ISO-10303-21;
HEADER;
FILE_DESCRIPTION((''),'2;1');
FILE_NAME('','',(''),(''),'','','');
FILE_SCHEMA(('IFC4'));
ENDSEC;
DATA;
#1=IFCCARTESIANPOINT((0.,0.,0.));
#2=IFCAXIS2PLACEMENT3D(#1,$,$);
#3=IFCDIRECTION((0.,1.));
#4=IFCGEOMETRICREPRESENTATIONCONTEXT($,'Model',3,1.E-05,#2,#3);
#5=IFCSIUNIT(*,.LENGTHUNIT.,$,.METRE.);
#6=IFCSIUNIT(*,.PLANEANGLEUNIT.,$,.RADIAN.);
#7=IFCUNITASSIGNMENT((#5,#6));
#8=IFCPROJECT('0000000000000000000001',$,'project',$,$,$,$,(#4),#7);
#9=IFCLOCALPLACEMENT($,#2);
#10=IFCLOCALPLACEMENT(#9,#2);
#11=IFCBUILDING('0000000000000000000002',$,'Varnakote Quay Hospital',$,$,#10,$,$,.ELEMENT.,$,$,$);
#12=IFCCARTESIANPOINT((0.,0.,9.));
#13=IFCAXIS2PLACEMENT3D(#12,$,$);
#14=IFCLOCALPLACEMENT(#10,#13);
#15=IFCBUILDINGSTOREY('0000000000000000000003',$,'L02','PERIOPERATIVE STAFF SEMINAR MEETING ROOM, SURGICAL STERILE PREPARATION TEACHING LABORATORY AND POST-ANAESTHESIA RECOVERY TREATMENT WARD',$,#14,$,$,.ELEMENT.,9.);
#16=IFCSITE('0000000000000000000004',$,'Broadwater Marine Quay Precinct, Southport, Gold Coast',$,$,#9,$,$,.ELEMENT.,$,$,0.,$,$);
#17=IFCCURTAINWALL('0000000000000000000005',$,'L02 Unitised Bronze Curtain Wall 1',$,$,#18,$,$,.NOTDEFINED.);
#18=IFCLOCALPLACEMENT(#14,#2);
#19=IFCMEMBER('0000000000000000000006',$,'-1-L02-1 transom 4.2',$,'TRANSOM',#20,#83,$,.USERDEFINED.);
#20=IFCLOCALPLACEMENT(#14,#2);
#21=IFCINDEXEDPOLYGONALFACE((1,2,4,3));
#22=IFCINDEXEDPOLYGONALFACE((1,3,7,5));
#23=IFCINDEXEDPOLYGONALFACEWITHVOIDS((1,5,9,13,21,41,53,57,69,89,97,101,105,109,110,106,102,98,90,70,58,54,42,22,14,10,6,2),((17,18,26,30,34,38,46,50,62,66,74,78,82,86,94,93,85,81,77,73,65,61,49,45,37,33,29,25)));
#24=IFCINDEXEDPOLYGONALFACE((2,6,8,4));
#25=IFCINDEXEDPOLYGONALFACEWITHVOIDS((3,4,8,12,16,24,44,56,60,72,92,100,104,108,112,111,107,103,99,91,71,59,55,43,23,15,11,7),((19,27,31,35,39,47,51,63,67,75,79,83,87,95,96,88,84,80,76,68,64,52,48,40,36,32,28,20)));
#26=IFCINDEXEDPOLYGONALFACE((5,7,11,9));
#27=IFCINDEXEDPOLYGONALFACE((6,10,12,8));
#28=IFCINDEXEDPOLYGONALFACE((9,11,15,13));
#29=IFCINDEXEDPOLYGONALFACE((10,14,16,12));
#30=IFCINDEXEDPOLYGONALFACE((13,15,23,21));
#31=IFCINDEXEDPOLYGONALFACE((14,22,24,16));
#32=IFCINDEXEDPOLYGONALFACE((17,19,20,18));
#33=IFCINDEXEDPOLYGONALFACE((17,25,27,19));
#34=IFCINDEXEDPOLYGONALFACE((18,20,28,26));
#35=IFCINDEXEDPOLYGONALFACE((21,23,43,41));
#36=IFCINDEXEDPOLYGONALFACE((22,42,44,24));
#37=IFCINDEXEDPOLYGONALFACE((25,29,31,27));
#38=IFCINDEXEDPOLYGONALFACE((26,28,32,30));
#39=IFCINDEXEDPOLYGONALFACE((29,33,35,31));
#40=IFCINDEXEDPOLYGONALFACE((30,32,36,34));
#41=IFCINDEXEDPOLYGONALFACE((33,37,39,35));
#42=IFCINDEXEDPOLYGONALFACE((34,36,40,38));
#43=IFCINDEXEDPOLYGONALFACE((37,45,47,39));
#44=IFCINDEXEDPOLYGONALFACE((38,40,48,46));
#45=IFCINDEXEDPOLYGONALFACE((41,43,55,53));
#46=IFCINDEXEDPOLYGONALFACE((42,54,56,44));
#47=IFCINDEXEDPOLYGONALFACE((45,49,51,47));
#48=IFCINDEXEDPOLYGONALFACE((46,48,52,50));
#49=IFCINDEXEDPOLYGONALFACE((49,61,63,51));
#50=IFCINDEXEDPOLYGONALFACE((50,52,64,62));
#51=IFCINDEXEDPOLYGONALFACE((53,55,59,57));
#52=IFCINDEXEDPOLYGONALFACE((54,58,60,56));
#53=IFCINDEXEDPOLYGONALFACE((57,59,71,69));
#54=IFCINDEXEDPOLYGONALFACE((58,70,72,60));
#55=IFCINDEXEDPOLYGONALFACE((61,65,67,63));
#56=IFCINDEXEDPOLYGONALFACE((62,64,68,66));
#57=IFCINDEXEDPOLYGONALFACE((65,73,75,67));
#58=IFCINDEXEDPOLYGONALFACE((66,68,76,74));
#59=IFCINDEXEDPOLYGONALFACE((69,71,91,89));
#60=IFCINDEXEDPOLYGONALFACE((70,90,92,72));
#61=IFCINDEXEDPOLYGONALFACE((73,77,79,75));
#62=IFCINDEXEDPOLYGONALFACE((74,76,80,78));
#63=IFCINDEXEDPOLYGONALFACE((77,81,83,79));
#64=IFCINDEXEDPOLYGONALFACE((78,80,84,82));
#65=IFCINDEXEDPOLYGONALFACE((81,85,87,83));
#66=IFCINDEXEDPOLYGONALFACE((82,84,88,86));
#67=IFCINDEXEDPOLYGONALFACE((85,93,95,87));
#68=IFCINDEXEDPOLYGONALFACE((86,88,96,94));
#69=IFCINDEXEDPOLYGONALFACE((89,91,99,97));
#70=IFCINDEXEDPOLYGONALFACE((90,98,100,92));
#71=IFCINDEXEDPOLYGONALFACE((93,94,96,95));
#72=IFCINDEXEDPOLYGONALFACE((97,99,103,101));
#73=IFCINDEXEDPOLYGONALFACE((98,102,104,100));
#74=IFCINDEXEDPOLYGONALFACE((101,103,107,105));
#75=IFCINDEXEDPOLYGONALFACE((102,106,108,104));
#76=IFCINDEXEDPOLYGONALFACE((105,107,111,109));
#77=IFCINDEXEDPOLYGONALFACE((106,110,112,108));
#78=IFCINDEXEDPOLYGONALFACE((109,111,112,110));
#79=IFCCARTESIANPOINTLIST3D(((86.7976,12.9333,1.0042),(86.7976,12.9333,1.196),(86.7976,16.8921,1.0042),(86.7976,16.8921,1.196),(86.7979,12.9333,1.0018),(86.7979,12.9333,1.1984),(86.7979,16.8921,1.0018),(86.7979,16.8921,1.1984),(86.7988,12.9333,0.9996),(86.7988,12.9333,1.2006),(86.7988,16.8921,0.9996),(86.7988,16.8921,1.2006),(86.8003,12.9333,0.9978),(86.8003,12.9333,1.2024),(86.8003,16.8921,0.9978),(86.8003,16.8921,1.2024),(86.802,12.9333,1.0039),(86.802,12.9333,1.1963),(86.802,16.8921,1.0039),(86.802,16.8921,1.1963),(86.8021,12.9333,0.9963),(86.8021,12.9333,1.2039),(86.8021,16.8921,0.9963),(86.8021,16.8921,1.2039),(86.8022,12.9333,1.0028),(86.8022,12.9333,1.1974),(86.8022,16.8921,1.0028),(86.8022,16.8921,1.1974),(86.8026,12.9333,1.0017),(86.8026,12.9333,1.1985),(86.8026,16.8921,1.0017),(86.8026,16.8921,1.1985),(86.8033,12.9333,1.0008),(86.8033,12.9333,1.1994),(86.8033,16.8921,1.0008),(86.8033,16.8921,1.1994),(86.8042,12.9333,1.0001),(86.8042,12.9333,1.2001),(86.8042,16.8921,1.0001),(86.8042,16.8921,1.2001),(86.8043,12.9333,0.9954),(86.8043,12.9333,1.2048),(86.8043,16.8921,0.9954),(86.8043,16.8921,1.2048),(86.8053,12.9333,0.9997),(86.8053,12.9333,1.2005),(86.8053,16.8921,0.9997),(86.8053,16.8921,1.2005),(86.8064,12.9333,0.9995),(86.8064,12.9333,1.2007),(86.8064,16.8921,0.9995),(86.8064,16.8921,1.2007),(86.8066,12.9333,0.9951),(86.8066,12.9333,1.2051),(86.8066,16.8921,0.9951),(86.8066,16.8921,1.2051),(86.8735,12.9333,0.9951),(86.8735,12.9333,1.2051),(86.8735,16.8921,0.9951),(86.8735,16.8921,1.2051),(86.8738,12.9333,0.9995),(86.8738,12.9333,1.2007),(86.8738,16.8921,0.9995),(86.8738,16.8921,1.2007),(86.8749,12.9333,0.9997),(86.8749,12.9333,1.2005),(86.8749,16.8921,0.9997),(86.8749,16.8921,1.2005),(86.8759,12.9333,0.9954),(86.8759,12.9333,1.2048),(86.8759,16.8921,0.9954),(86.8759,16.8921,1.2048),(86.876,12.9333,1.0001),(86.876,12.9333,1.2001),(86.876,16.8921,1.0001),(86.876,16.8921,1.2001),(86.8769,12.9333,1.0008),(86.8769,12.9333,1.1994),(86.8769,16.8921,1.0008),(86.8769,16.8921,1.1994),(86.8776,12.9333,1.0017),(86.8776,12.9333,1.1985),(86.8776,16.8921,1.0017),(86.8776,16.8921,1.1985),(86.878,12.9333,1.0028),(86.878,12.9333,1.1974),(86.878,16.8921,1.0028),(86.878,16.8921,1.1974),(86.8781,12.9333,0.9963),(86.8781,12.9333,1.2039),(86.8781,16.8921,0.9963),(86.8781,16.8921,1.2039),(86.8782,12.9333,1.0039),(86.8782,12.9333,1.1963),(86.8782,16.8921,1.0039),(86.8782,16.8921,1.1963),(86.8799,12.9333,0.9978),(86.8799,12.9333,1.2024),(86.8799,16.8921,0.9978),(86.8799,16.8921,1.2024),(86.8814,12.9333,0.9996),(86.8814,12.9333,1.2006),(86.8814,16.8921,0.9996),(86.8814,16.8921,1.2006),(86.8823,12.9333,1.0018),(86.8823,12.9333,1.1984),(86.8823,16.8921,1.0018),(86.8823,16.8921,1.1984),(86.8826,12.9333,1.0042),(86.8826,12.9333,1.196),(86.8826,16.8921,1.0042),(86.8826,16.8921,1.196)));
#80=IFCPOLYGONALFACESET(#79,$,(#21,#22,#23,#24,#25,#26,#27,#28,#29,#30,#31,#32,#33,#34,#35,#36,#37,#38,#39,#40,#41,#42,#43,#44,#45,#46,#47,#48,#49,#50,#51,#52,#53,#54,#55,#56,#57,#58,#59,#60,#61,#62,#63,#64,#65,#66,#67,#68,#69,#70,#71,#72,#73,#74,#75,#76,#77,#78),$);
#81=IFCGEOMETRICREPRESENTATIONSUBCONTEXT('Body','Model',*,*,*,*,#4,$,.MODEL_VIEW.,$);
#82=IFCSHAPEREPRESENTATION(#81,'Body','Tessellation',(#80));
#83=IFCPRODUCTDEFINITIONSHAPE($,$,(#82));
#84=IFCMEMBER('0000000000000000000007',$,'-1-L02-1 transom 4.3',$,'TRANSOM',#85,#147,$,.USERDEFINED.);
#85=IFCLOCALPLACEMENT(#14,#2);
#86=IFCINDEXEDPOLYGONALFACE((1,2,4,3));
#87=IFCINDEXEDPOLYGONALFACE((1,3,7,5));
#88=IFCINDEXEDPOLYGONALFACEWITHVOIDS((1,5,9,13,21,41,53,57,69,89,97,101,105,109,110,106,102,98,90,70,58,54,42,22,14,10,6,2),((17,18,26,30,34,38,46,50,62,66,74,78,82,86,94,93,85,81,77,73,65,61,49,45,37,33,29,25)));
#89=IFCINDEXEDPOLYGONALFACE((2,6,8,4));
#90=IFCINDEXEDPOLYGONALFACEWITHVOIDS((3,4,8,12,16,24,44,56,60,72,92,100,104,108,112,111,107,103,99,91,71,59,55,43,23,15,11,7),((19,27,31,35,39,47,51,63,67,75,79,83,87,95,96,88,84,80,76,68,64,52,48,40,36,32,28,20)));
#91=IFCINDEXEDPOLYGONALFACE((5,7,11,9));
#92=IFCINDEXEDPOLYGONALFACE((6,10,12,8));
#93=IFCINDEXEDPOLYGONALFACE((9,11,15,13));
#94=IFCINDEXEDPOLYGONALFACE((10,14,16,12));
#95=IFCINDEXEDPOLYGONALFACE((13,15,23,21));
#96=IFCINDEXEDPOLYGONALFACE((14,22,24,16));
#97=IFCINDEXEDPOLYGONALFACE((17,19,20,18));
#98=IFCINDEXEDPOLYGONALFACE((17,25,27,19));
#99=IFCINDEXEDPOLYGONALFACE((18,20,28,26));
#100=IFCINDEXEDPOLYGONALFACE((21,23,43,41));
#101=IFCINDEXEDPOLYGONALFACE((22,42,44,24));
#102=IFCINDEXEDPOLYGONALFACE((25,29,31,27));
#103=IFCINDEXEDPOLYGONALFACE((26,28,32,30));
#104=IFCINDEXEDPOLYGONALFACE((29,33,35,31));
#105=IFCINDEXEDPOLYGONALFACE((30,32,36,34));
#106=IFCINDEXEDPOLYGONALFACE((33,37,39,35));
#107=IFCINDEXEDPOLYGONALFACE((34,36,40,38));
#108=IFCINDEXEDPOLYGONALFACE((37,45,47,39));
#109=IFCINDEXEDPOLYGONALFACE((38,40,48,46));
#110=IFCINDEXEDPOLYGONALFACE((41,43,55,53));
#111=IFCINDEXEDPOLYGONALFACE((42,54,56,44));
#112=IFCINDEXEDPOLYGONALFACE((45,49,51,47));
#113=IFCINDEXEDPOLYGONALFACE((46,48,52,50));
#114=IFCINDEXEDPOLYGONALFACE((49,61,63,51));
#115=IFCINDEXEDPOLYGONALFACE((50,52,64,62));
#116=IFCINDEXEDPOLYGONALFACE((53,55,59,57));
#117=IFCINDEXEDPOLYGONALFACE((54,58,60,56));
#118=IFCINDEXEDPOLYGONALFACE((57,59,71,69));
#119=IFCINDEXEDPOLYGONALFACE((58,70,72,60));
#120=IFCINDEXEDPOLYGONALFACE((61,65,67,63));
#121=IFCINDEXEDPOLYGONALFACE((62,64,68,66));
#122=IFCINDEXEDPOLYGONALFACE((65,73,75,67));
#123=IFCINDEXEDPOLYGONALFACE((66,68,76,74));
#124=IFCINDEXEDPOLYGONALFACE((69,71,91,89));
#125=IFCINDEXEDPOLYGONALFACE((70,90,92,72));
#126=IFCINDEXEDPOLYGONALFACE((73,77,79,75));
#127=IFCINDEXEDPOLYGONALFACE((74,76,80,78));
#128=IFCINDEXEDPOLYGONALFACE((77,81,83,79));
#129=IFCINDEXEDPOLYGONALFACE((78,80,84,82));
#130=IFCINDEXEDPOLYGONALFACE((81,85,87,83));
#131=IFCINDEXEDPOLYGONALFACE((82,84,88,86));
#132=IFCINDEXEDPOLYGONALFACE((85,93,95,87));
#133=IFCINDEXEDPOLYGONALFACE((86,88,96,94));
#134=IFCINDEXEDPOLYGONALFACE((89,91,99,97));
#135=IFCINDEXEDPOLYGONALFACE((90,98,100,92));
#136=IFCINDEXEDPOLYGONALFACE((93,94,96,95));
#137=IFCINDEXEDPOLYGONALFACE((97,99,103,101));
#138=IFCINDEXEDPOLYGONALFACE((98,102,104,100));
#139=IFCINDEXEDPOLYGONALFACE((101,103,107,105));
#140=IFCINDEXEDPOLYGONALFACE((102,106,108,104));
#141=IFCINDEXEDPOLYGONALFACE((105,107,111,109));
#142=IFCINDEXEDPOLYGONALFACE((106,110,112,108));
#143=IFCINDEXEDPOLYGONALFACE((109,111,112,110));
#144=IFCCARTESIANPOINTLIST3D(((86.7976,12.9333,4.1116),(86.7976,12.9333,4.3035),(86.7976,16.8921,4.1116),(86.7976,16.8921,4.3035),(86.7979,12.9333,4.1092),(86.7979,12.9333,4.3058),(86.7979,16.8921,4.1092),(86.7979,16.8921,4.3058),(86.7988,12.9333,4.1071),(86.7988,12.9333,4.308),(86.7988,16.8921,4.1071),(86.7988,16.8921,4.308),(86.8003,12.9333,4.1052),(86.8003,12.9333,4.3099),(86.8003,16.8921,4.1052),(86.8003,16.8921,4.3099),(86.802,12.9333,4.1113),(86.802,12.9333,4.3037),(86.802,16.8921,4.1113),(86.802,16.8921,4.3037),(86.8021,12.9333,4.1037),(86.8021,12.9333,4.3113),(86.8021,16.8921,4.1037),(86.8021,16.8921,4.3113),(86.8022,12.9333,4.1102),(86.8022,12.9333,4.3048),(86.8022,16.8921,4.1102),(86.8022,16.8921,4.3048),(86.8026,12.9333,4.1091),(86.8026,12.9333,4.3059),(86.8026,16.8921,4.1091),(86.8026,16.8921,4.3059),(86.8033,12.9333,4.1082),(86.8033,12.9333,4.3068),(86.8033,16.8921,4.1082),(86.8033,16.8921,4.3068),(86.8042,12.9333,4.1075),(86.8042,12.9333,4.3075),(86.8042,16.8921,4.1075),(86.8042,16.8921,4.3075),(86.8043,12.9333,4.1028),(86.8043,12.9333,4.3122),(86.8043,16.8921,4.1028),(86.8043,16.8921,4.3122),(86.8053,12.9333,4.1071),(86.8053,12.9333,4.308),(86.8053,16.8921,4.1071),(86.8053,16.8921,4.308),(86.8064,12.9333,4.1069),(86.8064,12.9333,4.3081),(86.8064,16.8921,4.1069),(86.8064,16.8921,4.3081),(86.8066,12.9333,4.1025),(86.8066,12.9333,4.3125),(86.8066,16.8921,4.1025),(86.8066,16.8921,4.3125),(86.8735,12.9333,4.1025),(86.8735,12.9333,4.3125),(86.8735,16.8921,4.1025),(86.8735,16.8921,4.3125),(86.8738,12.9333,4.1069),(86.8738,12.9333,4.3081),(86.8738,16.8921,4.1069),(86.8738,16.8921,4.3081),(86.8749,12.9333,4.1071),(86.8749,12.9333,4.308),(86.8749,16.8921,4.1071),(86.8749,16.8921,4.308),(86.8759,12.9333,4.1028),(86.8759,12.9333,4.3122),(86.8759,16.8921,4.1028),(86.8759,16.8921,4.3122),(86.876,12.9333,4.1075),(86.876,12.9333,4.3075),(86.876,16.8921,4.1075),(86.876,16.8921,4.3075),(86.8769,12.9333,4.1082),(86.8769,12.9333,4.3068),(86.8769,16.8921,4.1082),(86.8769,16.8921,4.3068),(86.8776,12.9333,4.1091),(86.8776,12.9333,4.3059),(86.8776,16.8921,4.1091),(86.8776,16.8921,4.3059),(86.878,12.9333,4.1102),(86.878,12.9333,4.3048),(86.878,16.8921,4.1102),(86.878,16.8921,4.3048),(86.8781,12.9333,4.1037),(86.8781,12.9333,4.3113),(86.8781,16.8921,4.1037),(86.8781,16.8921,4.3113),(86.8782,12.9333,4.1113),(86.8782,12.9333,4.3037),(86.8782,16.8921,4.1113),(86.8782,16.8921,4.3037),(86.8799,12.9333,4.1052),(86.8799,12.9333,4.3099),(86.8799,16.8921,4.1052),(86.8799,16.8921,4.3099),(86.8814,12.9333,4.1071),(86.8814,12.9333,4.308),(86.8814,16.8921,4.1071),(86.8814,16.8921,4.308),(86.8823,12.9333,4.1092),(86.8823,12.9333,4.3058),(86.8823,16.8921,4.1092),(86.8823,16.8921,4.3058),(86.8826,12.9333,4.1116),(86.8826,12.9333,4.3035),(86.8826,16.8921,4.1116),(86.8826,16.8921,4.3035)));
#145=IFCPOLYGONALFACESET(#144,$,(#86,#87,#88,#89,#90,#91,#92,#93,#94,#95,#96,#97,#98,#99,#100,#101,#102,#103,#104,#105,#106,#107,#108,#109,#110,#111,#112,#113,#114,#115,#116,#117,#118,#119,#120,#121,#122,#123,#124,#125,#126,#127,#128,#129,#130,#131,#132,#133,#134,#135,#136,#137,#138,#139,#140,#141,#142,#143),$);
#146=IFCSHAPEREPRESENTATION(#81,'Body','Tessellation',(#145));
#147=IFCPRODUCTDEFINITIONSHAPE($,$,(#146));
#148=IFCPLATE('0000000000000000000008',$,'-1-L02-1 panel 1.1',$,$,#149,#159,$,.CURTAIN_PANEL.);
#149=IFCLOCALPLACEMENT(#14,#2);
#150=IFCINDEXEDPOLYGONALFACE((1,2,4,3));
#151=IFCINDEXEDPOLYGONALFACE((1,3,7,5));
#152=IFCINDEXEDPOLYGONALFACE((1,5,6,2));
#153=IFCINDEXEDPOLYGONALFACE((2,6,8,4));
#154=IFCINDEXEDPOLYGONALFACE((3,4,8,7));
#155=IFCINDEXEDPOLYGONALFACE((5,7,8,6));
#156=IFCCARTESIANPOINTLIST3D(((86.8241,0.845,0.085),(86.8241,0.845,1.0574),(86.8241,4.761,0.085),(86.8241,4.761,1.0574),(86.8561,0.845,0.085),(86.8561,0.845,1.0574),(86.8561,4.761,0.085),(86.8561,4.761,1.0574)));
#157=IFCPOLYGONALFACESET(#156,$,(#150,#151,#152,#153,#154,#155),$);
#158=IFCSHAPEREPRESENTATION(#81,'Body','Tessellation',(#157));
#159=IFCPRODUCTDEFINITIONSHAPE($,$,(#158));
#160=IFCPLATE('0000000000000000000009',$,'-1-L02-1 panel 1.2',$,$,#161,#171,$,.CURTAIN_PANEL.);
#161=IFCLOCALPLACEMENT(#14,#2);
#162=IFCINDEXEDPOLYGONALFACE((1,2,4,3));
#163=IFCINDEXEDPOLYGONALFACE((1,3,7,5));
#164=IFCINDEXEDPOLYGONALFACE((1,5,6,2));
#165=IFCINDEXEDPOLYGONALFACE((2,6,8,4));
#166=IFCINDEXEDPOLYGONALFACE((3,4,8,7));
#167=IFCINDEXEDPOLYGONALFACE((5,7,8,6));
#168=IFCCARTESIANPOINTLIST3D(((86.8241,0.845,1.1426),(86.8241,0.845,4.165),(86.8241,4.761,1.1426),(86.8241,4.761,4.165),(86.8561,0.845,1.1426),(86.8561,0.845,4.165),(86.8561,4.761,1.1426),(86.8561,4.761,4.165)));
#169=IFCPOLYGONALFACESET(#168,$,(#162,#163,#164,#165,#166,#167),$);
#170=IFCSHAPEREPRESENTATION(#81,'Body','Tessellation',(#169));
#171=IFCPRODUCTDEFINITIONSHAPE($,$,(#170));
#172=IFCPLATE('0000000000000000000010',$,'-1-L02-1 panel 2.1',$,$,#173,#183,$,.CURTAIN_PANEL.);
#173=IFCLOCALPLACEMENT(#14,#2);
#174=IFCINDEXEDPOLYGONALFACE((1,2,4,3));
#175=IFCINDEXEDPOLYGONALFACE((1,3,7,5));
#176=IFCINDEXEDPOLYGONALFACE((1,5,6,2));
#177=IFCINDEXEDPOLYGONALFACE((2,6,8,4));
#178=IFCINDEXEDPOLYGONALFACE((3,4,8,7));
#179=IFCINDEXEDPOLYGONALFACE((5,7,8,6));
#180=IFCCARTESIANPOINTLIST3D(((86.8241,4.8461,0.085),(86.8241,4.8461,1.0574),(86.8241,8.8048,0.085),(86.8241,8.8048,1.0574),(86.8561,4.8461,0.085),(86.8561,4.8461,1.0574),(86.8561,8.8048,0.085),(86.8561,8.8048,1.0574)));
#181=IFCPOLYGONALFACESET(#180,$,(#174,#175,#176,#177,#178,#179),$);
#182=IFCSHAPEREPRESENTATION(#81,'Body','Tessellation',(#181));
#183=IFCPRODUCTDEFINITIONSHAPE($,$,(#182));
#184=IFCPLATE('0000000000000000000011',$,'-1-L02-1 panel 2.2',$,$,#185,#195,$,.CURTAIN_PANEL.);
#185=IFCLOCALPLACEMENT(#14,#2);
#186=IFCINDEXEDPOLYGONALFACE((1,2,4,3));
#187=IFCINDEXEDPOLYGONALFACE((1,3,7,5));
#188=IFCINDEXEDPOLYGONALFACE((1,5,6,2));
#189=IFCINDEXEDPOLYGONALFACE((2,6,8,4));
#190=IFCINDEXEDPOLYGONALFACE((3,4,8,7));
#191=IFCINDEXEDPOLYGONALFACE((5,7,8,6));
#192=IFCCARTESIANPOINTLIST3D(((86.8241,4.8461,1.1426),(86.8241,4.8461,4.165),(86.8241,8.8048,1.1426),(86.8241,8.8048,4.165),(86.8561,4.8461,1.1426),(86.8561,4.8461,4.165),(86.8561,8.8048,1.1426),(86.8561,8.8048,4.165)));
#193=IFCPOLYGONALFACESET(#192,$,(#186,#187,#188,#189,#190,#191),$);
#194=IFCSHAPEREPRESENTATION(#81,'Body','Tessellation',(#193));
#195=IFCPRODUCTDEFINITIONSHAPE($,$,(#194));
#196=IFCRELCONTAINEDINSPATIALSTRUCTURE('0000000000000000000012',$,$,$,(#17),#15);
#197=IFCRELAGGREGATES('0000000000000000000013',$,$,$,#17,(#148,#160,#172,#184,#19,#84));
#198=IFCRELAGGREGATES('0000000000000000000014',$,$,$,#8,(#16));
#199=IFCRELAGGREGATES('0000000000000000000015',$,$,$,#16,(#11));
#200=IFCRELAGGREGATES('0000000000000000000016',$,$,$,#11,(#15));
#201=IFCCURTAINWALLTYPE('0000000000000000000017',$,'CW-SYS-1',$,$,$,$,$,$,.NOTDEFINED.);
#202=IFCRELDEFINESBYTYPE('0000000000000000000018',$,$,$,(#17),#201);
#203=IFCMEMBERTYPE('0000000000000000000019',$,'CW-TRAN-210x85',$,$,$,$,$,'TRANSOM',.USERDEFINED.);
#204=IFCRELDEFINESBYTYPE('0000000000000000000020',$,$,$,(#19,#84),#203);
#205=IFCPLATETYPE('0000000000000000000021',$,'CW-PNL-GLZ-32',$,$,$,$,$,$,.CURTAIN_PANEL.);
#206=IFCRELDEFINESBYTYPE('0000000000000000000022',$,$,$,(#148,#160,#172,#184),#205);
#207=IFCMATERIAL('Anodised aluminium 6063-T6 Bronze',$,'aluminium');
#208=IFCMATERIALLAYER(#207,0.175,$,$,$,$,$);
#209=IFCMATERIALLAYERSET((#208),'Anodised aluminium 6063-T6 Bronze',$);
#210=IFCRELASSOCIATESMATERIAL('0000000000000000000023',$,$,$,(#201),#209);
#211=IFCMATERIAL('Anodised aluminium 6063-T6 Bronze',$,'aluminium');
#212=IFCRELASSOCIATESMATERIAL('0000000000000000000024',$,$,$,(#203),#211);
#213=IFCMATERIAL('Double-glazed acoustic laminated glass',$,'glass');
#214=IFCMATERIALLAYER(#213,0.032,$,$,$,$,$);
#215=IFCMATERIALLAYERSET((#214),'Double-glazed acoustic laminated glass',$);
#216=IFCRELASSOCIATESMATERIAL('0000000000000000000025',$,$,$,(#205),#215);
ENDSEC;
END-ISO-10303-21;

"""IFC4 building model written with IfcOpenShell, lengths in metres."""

from ifc_helpers import new_model, si_unit, direction, frame, origin, origin_2d, place, context, subcontext, project, spatial, rectangle, hollow_rectangle, extrude, material, layer, layer_set, material_profile, profile_set, type_object, element, aggregate, save


model = new_model("IFC4")

# Units and contexts
model_context = context("Model", 3, precision=1e-05, world=origin(), true_north=direction((0.0, 1.0)))
body_context = subcontext(model_context, "Body", "Model", "MODEL_VIEW")
ifc_project = project(units=[si_unit("LENGTHUNIT", "METRE"), si_unit("PLANEANGLEUNIT", "RADIAN")], contexts=[model_context])

# Site, building, storey
site_placement = place(None, origin())
site = spatial("IfcSite", under=ifc_project, at=site_placement, Name="Broadwater Marine Quay Precinct, Southport, Gold Coast", CompositionType="ELEMENT", RefElevation=0.0)
building_placement = place(site_placement, origin())
building = spatial("IfcBuilding", under=site, at=building_placement, Name="Varnakote Quay Hospital", CompositionType="ELEMENT")
storey_placement = place(building_placement, frame((0.0, 0.0, 9.0)))
storey = spatial("IfcBuildingStorey", under=building, at=storey_placement, Name="L02", Description="PERIOPERATIVE STAFF SEMINAR MEETING ROOM, SURGICAL STERILE PREPARATION TEACHING LABORATORY AND POST-ANAESTHESIA RECOVERY TREATMENT WARD", CompositionType="ELEMENT", Elevation=9.0)

# Curtain wall, members, plates
ifc_material_1 = material(Name="Anodised aluminium 6063-T6 Bronze", Category="aluminium")
ifc_layer_1 = layer(ifc_material_1, 0.175)
ifc_layer_set_1 = layer_set([ifc_layer_1], Name="Anodised aluminium 6063-T6 Bronze")
curtain_wall_type = type_object("IfcCurtainWallType", Name="CW-SYS-1", PredefinedType="NOTDEFINED", material=ifc_layer_set_1)
curtain_wall_placement = place(storey_placement, origin())
curtain_wall = element("IfcCurtainWall", 1, at=curtain_wall_placement, inside=storey, type_object=curtain_wall_type, Name="L02 Unitised Bronze Curtain Wall 1", PredefinedType="NOTDEFINED")
ifc_material_2 = material(Name="Anodised aluminium 6063-T6 Bronze", Category="aluminium")
ifc_material_profile_1 = material_profile(ifc_material_2, hollow_rectangle(XDim=0.085, YDim=0.21, WallThickness=0.0044, InnerFilletRadius=0.0044, OuterFilletRadius=0.009, at=origin_2d()), Name="CW-TRAN-210x85")
ifc_profile_set_1 = profile_set([ifc_material_profile_1], Name="Anodised aluminium 6063-T6 Bronze")
member_type_1 = type_object("IfcMemberType", Name="CW-TRAN-210x85", ElementType="TRANSOM", PredefinedType="USERDEFINED", material=ifc_profile_set_1)
member_1_placement = place(storey_placement, frame((86.8401, 12.9333, 1.1001), z_axis=(0.0, 1.0, 0.0), x_axis=(-1.0, 0.0, 0.0)))
member_1 = element("IfcMember", 2, at=member_1_placement, type_object=member_type_1, Name="-1-L02-1 transom 4.2", ObjectType="TRANSOM", PredefinedType="USERDEFINED", context=body_context, shape_type="SweptSolid", body=[
    extrude(hollow_rectangle(XDim=0.085, YDim=0.21, WallThickness=0.0044, InnerFilletRadius=0.0044, OuterFilletRadius=0.009, at=origin_2d()), origin(), (0.0, 0.0, 1.0), 3.9587),
])
member_2_placement = place(storey_placement, frame((86.8401, 12.9333, 4.2075), z_axis=(0.0, 1.0, 0.0), x_axis=(-1.0, 0.0, 0.0)))
member_2 = element("IfcMember", 3, at=member_2_placement, type_object=member_type_1, Name="-1-L02-1 transom 4.3", ObjectType="TRANSOM", PredefinedType="USERDEFINED", context=body_context, shape_type="SweptSolid", body=[
    extrude(hollow_rectangle(XDim=0.085, YDim=0.21, WallThickness=0.0044, InnerFilletRadius=0.0044, OuterFilletRadius=0.009, at=origin_2d()), origin(), (0.0, 0.0, 1.0), 3.9587),
])
ifc_material_3 = material(Name="Double-glazed acoustic laminated glass", Category="glass")
ifc_layer_2 = layer(ifc_material_3, 0.032)
ifc_layer_set_2 = layer_set([ifc_layer_2], Name="Double-glazed acoustic laminated glass")
plate_type = type_object("IfcPlateType", Name="CW-PNL-GLZ-32", PredefinedType="CURTAIN_PANEL", material=ifc_layer_set_2)
plate_1_placement = place(storey_placement, frame((86.8401, 2.803, 0.085), z_axis=(0.0, 0.0, 1.0), x_axis=(0.0, 1.0, 0.0)))
plate_1 = element("IfcPlate", 4, at=plate_1_placement, type_object=plate_type, Name="-1-L02-1 panel 1.1", PredefinedType="CURTAIN_PANEL", context=body_context, shape_type="SweptSolid", body=[
    extrude(rectangle(XDim=3.916, YDim=0.032, at=origin_2d()), origin(), (0.0, 0.0, 1.0), 0.9724),
])
plate_2_placement = place(storey_placement, frame((86.8401, 2.803, 1.1426), z_axis=(0.0, 0.0, 1.0), x_axis=(0.0, 1.0, 0.0)))
plate_2 = element("IfcPlate", 5, at=plate_2_placement, type_object=plate_type, Name="-1-L02-1 panel 1.2", PredefinedType="CURTAIN_PANEL", context=body_context, shape_type="SweptSolid", body=[
    extrude(rectangle(XDim=3.916, YDim=0.032, at=origin_2d()), origin(), (0.0, 0.0, 1.0), 3.0225),
])
plate_3_placement = place(storey_placement, frame((86.8401, 6.8254, 0.085), z_axis=(0.0, 0.0, 1.0), x_axis=(0.0, 1.0, 0.0)))
plate_3 = element("IfcPlate", 6, at=plate_3_placement, type_object=plate_type, Name="-1-L02-1 panel 2.1", PredefinedType="CURTAIN_PANEL", context=body_context, shape_type="SweptSolid", body=[
    extrude(rectangle(XDim=3.9587, YDim=0.032, at=origin_2d()), origin(), (0.0, 0.0, 1.0), 0.9724),
])
plate_4_placement = place(storey_placement, frame((86.8401, 6.8254, 1.1426), z_axis=(0.0, 0.0, 1.0), x_axis=(0.0, 1.0, 0.0)))
plate_4 = element("IfcPlate", 7, at=plate_4_placement, type_object=plate_type, Name="-1-L02-1 panel 2.2", PredefinedType="CURTAIN_PANEL", context=body_context, shape_type="SweptSolid", body=[
    extrude(rectangle(XDim=3.9587, YDim=0.032, at=origin_2d()), origin(), (0.0, 0.0, 1.0), 3.0225),
])
aggregate(curtain_wall, [plate_1, plate_2, plate_3, plate_4, member_1, member_2])

save(model, "model.ifc")
